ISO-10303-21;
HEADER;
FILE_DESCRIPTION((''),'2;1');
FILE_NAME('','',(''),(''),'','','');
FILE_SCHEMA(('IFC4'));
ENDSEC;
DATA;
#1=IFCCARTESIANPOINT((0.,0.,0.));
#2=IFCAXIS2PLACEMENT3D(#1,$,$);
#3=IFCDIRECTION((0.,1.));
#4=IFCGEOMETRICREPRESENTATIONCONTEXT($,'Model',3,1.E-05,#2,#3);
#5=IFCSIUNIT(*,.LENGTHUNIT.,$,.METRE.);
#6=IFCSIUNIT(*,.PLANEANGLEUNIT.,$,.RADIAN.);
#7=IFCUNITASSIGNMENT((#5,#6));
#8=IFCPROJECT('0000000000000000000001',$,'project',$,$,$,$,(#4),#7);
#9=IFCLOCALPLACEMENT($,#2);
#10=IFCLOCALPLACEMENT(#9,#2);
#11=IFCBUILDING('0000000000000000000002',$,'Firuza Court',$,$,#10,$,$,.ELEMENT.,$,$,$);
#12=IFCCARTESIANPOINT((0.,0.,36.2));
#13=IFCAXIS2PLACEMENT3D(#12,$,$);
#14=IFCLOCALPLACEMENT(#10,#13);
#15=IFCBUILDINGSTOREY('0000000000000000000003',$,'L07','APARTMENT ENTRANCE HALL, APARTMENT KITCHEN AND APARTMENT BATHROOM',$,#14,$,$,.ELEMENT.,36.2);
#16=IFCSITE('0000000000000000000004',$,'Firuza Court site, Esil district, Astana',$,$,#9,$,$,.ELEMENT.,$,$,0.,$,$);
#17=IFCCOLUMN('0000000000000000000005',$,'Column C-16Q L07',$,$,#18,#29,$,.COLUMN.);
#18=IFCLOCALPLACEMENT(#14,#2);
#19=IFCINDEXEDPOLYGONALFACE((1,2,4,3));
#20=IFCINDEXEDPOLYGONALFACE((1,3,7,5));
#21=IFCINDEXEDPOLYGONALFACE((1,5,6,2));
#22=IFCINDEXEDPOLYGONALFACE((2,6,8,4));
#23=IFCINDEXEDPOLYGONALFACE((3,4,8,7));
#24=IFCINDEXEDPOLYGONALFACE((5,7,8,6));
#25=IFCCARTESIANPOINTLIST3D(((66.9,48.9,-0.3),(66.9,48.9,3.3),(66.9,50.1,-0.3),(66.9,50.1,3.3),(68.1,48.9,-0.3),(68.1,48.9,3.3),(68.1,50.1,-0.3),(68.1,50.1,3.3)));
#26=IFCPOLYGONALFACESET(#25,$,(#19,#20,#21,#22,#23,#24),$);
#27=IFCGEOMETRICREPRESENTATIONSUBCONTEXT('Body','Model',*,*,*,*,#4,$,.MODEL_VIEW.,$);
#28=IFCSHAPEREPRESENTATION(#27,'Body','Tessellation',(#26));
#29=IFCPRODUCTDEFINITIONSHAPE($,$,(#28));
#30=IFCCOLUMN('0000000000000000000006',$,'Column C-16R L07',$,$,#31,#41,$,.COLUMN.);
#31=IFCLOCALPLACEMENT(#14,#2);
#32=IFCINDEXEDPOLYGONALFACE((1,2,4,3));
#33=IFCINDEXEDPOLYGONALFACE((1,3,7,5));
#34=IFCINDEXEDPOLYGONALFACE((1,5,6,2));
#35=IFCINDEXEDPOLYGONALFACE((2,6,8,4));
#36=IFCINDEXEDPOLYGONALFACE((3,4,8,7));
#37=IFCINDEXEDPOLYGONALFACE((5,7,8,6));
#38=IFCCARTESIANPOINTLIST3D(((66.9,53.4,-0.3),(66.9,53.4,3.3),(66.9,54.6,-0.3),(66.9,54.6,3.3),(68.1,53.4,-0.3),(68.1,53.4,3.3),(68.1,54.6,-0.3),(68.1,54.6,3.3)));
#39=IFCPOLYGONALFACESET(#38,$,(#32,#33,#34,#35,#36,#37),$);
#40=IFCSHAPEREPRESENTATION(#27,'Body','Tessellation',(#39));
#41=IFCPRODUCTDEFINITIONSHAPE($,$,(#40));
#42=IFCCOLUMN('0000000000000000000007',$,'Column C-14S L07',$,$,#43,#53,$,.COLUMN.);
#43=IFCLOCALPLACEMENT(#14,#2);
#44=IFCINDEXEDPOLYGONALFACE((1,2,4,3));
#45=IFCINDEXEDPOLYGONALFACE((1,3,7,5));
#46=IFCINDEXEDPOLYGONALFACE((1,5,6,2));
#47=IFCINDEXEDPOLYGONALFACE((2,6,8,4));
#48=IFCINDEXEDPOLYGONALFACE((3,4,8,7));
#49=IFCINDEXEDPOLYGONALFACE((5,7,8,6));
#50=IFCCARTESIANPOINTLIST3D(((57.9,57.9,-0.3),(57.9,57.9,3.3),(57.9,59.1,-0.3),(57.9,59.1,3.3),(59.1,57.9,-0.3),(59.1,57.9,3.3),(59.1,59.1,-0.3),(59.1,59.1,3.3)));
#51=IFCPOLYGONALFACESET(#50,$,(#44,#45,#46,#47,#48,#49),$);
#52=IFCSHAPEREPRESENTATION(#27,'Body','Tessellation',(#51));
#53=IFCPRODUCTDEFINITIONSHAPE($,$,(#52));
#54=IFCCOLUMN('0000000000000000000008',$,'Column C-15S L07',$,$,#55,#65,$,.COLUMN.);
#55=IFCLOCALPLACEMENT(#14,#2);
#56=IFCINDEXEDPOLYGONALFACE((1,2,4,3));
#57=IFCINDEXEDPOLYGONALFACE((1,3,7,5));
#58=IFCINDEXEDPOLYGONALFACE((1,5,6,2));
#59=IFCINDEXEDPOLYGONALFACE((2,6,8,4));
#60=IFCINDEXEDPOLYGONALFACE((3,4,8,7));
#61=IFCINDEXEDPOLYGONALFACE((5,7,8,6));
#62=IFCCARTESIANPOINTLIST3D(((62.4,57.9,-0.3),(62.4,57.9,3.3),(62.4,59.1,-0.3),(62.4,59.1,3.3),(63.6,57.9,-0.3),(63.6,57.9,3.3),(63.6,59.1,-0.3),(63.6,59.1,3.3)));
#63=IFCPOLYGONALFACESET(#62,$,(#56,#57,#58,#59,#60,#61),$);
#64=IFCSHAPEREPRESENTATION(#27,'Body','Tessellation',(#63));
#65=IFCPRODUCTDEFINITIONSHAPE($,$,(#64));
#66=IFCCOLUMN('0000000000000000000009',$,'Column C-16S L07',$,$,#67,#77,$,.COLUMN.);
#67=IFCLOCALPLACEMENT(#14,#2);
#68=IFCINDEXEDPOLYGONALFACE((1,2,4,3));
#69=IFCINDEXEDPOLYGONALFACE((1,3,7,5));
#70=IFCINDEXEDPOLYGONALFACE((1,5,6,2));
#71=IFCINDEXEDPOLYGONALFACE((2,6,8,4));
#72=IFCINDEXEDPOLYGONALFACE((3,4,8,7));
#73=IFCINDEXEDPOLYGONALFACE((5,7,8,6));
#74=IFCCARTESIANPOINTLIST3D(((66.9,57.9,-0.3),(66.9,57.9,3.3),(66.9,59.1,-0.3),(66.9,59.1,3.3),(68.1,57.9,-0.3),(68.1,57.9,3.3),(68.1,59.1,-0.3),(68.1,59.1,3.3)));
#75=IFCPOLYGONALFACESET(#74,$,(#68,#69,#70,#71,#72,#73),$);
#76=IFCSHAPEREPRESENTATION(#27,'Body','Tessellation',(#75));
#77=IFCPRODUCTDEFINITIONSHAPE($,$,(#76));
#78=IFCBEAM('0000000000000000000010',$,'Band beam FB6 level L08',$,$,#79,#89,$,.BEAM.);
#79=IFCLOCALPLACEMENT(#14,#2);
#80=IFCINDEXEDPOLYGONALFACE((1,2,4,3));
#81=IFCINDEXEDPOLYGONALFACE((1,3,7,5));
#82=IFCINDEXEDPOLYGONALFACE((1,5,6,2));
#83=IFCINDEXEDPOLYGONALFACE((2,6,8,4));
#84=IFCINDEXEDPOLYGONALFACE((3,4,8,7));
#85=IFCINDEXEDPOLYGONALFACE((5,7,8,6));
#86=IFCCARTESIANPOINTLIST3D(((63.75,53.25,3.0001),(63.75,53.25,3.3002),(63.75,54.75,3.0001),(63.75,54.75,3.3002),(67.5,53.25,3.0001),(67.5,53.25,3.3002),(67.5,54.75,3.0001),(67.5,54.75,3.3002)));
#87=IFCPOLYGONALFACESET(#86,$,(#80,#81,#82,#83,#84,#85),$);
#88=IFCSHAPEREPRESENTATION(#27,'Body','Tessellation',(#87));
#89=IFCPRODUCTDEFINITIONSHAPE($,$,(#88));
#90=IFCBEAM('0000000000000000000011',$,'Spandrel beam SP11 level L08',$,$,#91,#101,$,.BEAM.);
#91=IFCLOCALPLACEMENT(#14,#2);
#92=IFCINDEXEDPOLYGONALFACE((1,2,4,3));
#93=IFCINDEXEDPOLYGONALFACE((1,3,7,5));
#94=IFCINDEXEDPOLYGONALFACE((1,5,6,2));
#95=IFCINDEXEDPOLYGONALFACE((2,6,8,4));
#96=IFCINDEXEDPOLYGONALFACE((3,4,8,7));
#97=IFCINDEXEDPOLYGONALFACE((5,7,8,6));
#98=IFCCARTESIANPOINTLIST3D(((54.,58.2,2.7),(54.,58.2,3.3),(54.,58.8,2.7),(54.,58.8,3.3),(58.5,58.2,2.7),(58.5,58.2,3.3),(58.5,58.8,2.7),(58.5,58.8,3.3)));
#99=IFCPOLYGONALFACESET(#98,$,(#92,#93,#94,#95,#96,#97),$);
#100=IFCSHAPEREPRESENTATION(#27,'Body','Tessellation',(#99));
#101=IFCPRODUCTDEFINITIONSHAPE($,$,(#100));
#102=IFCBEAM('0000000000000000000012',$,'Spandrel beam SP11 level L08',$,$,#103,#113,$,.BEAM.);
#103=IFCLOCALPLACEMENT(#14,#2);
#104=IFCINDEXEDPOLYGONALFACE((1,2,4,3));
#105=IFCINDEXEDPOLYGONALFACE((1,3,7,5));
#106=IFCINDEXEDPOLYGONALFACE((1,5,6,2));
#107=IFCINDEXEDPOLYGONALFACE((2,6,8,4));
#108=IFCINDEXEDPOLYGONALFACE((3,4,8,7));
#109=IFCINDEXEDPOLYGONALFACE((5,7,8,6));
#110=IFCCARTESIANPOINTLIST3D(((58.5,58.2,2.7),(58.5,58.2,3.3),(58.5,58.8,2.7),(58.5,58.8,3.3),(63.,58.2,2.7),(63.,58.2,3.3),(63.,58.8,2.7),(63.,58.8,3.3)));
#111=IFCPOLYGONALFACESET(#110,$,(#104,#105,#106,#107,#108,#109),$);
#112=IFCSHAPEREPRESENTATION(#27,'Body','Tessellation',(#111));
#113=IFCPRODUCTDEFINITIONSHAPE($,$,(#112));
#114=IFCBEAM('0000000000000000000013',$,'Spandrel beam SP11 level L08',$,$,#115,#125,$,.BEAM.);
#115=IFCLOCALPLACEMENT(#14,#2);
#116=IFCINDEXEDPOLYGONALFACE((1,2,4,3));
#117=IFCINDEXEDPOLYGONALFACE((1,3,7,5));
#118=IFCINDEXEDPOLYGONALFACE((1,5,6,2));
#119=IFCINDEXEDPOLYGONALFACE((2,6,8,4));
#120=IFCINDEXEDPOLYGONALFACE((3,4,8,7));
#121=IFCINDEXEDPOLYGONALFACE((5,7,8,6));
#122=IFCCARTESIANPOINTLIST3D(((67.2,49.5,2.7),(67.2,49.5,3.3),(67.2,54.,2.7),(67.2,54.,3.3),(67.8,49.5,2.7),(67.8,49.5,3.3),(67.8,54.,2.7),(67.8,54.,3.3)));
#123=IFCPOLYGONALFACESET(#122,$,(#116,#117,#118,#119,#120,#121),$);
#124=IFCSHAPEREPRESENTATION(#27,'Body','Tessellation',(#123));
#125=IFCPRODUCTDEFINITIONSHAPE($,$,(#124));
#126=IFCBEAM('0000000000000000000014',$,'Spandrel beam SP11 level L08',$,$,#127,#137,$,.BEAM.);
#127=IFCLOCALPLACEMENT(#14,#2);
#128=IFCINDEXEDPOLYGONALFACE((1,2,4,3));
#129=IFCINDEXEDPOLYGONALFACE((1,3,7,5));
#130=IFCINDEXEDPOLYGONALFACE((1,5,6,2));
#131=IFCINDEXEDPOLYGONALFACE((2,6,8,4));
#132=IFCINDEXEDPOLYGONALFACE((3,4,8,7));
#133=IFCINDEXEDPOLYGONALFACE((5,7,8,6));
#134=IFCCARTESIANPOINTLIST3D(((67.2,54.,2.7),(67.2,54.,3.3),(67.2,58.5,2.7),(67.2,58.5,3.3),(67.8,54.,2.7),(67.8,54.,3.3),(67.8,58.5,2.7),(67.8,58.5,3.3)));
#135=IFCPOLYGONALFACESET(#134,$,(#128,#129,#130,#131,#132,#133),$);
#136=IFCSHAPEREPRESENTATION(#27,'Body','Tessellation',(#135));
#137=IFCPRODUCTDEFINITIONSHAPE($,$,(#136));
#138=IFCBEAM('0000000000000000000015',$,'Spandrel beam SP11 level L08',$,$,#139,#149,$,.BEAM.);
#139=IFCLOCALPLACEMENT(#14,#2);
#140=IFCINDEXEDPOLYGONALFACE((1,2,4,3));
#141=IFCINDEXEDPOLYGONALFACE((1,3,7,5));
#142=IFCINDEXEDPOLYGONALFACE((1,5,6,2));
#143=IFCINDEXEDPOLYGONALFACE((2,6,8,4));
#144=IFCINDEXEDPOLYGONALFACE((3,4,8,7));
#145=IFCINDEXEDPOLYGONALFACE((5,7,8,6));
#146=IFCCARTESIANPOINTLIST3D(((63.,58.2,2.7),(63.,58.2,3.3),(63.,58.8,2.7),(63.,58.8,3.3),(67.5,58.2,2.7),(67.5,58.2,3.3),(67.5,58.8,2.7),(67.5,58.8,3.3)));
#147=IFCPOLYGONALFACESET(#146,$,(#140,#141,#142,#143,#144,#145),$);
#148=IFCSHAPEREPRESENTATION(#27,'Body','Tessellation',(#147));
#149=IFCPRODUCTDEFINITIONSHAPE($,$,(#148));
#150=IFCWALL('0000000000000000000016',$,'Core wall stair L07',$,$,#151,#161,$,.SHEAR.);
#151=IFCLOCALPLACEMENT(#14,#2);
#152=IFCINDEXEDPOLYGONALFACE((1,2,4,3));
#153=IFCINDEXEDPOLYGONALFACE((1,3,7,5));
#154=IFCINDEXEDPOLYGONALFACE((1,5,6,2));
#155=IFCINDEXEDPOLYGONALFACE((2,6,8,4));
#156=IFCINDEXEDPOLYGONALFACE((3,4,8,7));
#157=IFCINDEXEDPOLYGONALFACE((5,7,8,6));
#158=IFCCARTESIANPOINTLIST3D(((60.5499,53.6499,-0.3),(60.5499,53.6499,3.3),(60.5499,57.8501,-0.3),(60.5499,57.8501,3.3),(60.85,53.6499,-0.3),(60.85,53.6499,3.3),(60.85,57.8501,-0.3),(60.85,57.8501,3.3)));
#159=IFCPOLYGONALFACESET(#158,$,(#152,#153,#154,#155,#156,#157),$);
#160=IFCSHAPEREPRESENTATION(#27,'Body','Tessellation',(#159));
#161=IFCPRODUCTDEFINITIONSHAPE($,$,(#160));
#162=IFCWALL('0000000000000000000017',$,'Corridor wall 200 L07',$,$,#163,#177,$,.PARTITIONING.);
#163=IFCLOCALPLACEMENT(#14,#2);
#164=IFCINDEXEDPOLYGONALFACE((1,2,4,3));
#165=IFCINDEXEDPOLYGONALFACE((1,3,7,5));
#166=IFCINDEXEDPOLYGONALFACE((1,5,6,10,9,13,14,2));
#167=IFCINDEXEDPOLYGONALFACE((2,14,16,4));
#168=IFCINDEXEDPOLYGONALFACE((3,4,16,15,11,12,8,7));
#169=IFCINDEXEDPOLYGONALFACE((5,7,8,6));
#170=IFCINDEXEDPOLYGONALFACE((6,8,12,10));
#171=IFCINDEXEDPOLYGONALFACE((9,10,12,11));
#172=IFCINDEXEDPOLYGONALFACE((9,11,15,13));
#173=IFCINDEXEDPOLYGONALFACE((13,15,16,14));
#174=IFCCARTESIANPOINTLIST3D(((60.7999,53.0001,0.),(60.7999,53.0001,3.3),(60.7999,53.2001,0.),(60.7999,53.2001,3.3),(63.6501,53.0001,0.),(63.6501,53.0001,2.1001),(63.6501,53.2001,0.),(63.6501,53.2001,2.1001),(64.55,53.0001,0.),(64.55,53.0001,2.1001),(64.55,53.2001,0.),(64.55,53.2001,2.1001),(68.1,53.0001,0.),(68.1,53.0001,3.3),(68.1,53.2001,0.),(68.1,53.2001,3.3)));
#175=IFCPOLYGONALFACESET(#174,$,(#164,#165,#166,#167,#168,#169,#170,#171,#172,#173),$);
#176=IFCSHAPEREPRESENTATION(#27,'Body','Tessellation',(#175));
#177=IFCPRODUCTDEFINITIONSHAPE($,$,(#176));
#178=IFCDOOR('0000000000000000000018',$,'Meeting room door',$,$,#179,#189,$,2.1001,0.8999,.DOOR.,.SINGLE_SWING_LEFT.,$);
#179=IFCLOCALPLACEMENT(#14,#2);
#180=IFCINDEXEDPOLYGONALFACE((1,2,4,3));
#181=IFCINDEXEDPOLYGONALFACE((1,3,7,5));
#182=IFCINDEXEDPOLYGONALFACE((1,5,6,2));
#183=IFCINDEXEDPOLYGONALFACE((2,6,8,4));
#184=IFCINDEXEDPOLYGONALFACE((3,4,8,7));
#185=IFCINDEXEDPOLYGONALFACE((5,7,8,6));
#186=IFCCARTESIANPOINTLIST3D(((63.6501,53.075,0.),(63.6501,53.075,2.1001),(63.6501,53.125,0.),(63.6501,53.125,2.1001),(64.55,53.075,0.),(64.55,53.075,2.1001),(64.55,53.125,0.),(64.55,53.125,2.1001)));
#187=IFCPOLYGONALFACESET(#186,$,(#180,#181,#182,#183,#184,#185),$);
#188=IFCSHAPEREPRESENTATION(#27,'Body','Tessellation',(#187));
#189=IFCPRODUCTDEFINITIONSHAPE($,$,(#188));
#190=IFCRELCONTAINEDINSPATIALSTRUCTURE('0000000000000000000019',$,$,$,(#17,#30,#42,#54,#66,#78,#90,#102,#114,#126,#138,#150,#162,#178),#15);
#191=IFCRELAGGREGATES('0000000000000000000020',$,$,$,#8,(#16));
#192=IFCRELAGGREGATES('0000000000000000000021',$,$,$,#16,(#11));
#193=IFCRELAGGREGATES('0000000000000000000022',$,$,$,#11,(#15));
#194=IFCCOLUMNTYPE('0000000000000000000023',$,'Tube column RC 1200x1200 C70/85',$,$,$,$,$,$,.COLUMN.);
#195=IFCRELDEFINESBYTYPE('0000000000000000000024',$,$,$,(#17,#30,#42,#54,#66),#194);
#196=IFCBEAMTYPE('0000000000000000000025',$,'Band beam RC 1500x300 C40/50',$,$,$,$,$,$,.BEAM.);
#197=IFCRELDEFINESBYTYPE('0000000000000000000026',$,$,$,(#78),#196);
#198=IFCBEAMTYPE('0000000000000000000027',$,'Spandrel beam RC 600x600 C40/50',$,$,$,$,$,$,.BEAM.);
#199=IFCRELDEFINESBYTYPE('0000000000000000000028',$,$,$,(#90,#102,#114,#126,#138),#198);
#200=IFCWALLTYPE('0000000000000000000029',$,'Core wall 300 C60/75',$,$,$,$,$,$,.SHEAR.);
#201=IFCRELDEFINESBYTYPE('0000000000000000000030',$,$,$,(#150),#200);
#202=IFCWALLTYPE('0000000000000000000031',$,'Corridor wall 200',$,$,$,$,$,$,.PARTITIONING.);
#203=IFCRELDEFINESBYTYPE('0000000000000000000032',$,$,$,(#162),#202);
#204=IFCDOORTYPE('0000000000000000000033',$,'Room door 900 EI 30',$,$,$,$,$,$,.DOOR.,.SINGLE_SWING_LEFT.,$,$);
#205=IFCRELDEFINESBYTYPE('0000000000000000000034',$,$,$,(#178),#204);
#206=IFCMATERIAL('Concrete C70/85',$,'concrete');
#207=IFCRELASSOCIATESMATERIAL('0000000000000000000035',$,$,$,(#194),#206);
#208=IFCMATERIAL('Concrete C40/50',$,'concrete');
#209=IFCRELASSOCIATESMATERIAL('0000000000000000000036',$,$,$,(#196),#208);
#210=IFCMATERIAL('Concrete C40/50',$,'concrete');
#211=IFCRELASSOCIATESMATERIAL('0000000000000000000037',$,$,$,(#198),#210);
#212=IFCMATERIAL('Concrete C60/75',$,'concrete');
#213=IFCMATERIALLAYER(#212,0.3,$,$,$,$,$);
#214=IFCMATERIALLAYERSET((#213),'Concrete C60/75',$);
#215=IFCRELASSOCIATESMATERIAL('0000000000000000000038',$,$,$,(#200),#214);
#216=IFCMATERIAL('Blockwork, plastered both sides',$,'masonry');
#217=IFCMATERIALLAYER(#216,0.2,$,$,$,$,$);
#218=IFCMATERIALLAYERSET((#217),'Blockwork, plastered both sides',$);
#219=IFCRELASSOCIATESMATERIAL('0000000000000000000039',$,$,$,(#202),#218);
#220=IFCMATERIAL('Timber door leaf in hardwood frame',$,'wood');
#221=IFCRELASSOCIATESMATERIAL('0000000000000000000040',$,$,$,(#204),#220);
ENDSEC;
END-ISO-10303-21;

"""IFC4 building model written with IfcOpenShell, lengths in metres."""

from ifc_helpers import new_model, si_unit, direction, frame, frame_2d, origin, origin_2d, place, context, subcontext, project, spatial, rectangle, extrude, material, layer, layer_set, material_profile, profile_set, type_object, element, fill, save


model = new_model("IFC4")

# Units and contexts
model_context = context("Model", 3, precision=1e-05, world=origin(), true_north=direction((0.0, 1.0)))
body_context = subcontext(model_context, "Body", "Model", "MODEL_VIEW")
ifc_project = project(units=[si_unit("LENGTHUNIT", "METRE"), si_unit("PLANEANGLEUNIT", "RADIAN")], contexts=[model_context])

# Site, building, storey
site_placement = place(None, origin())
site = spatial("IfcSite", under=ifc_project, at=site_placement, Name="Firuza Court site, Esil district, Astana", CompositionType="ELEMENT", RefElevation=0.0)
building_placement = place(site_placement, origin())
building = spatial("IfcBuilding", under=site, at=building_placement, Name="Firuza Court", CompositionType="ELEMENT")
storey_placement = place(building_placement, frame((0.0, 0.0, 36.2)))
storey = spatial("IfcBuildingStorey", under=building, at=storey_placement, Name="L07", Description="APARTMENT ENTRANCE HALL, APARTMENT KITCHEN AND APARTMENT BATHROOM", CompositionType="ELEMENT", Elevation=36.2)

# Columns
ifc_material_1 = material(Name="Concrete C70/85", Category="concrete")
ifc_material_profile_1 = material_profile(ifc_material_1, rectangle(XDim=1.2, YDim=1.2, at=origin_2d()), Name="RC 1200x1200")
ifc_profile_set_1 = profile_set([ifc_material_profile_1], Name="Concrete C70/85")
column_type = type_object("IfcColumnType", Name="Tube column RC 1200x1200 C70/85", PredefinedType="COLUMN", material=ifc_profile_set_1)
for number, where, z_axis, x_axis, name in (
    (1, (67.5, 49.5, -0.3), (0.0, 0.0, 1.0), (1.0, 0.0, 0.0), "Column C-16Q L07"),
    (2, (67.5, 54.0, -0.3), (0.0, 0.0, 1.0), (1.0, 0.0, 0.0), "Column C-16R L07"),
    (3, (58.5, 58.5, -0.3), (0.0, 0.0, 1.0), (1.0, 0.0, 0.0), "Column C-14S L07"),
    (4, (63.0, 58.5, -0.3), (0.0, 0.0, 1.0), (1.0, 0.0, 0.0), "Column C-15S L07"),
    (5, (67.5, 58.5, -0.3), (0.0, 0.0, 1.0), (1.0, 0.0, 0.0), "Column C-16S L07"),
):
    element("IfcColumn", number, at=place(storey_placement, frame(where, z_axis=z_axis, x_axis=x_axis)), inside=storey, type_object=column_type, Name=name, PredefinedType="COLUMN", context=body_context, shape_type="SweptSolid", body=[
        extrude(rectangle(XDim=1.2, YDim=1.2, at=origin_2d()), origin(), (0.0, 0.0, 1.0), 3.6001),
    ])

# Beams
ifc_material_2 = material(Name="Concrete C40/50", Category="concrete")
ifc_material_profile_2 = material_profile(ifc_material_2, rectangle(XDim=1.5, YDim=0.3, at=origin_2d()), Name="RC 1500x300")
ifc_profile_set_2 = profile_set([ifc_material_profile_2], Name="Concrete C40/50")
beam_type_1 = type_object("IfcBeamType", Name="Band beam RC 1500x300 C40/50", PredefinedType="BEAM", material=ifc_profile_set_2)
beam_placement = place(storey_placement, frame((67.5, 54.0, 3.1501), z_axis=(-1.0, 0.0, 0.0), x_axis=(0.0, -1.0, 0.0)))
element("IfcBeam", 6, at=beam_placement, inside=storey, type_object=beam_type_1, Name="Band beam FB6 level L08", PredefinedType="BEAM", context=body_context, shape_type="SweptSolid", body=[
    extrude(rectangle(XDim=1.5, YDim=0.3, at=origin_2d()), origin(), (0.0, 0.0, 1.0), 3.75),
])
ifc_material_3 = material(Name="Concrete C40/50", Category="concrete")
ifc_material_profile_3 = material_profile(ifc_material_3, rectangle(XDim=0.6001, YDim=0.6001, at=origin_2d()), Name="RC 600x600")
ifc_profile_set_3 = profile_set([ifc_material_profile_3], Name="Concrete C40/50")
beam_type_2 = type_object("IfcBeamType", Name="Spandrel beam RC 600x600 C40/50", PredefinedType="BEAM", material=ifc_profile_set_3)
for number, where, z_axis, x_axis, name in (
    (7, (58.5, 58.5, 3.0), (-1.0, 0.0, 0.0), (0.0, -1.0, 0.0), "Spandrel beam SP11 level L08"),
    (8, (63.0, 58.5, 3.0), (-1.0, 0.0, 0.0), (0.0, -1.0, 0.0), "Spandrel beam SP11 level L08"),
    (9, (67.5, 49.5, 3.0), (0.0, 1.0, 0.0), (-1.0, 0.0, 0.0), "Spandrel beam SP11 level L08"),
    (10, (67.5, 54.0, 3.0), (0.0, 1.0, 0.0), (-1.0, 0.0, 0.0), "Spandrel beam SP11 level L08"),
    (11, (67.5, 58.5, 3.0), (-1.0, 0.0, 0.0), (0.0, -1.0, 0.0), "Spandrel beam SP11 level L08"),
):
    element("IfcBeam", number, at=place(storey_placement, frame(where, z_axis=z_axis, x_axis=x_axis)), inside=storey, type_object=beam_type_2, Name=name, PredefinedType="BEAM", context=body_context, shape_type="SweptSolid", body=[
        extrude(rectangle(XDim=0.6001, YDim=0.6001, at=origin_2d()), origin(), (0.0, 0.0, 1.0), 4.5),
    ])

# Wall
ifc_material_4 = material(Name="Concrete C60/75", Category="concrete")
ifc_layer_1 = layer(ifc_material_4, 0.3)
ifc_layer_set_1 = layer_set([ifc_layer_1], Name="Concrete C60/75")
wall_type_1 = type_object("IfcWallType", Name="Core wall 300 C60/75", PredefinedType="SHEAR", material=ifc_layer_set_1)
wall_1_placement = place(storey_placement, frame((60.7, 53.6499, -0.3), z_axis=(0.0, 0.0, 1.0), x_axis=(0.0, 1.0, 0.0)))
element("IfcWall", 12, at=wall_1_placement, inside=storey, type_object=wall_type_1, Name="Core wall stair L07", PredefinedType="SHEAR", context=body_context, shape_type="SweptSolid", body=[
    extrude(rectangle(XDim=4.2002, YDim=0.3, at=frame_2d((2.1001, 0.0))), origin(), (0.0, 0.0, 1.0), 3.6001),
])

# Wall, opening, door
ifc_material_5 = material(Name="Blockwork, plastered both sides", Category="masonry")
ifc_layer_2 = layer(ifc_material_5, 0.2)
ifc_layer_set_2 = layer_set([ifc_layer_2], Name="Blockwork, plastered both sides")
wall_type_2 = type_object("IfcWallType", Name="Corridor wall 200", PredefinedType="PARTITIONING", material=ifc_layer_set_2)
wall_2_placement = place(storey_placement, frame((60.8, 53.1001, 0.0), z_axis=(0.0, 0.0, 1.0), x_axis=(1.0, 0.0, 0.0)))
wall_2 = element("IfcWall", 13, at=wall_2_placement, inside=storey, type_object=wall_type_2, Name="Corridor wall 200 L07", PredefinedType="PARTITIONING", context=body_context, shape_type="SweptSolid", body=[
    extrude(rectangle(XDim=7.3, YDim=0.2, at=frame_2d((3.6499, 0.0))), origin(), (0.0, 0.0, 1.0), 3.3),
])
opening_1_placement = place(wall_2_placement, frame((2.8501, 0.0, 0.0)))
opening_1 = element("IfcOpeningElement", 14, at=opening_1_placement, cuts=wall_2, PredefinedType="OPENING", context=body_context, shape_type="SweptSolid", body=[
    extrude(rectangle(XDim=0.8999, YDim=2.1001, at=frame_2d((0.45, 1.05))), frame((0.0, 0.1118, 0.0), z_axis=(0.0, -1.0, 0.0), x_axis=(1.0, 0.0, 0.0)), (0.0, 0.0, 1.0), 0.2239),
])
ifc_material_6 = material(Name="Timber door leaf in hardwood frame", Category="wood")
door_type = type_object("IfcDoorType", Name="Room door 900 EI 30", OperationType="SINGLE_SWING_LEFT", PredefinedType="DOOR", material=ifc_material_6)
door_placement = place(opening_1_placement, origin())
door = element("IfcDoor", 15, at=door_placement, inside=storey, type_object=door_type, Name="Meeting room door", OperationType="SINGLE_SWING_LEFT", OverallHeight=2.1001, OverallWidth=0.8999, PredefinedType="DOOR", context=body_context, shape_type="SweptSolid", body=[
    extrude(rectangle(XDim=0.8999, YDim=2.1001, at=frame_2d((0.45, 1.05))), frame((0.0, 0.0249, 0.0), z_axis=(0.0, -1.0, 0.0), x_axis=(1.0, 0.0, 0.0)), (0.0, 0.0, 1.0), 0.05),
])
fill(opening_1, door)

save(model, "model.ifc")
